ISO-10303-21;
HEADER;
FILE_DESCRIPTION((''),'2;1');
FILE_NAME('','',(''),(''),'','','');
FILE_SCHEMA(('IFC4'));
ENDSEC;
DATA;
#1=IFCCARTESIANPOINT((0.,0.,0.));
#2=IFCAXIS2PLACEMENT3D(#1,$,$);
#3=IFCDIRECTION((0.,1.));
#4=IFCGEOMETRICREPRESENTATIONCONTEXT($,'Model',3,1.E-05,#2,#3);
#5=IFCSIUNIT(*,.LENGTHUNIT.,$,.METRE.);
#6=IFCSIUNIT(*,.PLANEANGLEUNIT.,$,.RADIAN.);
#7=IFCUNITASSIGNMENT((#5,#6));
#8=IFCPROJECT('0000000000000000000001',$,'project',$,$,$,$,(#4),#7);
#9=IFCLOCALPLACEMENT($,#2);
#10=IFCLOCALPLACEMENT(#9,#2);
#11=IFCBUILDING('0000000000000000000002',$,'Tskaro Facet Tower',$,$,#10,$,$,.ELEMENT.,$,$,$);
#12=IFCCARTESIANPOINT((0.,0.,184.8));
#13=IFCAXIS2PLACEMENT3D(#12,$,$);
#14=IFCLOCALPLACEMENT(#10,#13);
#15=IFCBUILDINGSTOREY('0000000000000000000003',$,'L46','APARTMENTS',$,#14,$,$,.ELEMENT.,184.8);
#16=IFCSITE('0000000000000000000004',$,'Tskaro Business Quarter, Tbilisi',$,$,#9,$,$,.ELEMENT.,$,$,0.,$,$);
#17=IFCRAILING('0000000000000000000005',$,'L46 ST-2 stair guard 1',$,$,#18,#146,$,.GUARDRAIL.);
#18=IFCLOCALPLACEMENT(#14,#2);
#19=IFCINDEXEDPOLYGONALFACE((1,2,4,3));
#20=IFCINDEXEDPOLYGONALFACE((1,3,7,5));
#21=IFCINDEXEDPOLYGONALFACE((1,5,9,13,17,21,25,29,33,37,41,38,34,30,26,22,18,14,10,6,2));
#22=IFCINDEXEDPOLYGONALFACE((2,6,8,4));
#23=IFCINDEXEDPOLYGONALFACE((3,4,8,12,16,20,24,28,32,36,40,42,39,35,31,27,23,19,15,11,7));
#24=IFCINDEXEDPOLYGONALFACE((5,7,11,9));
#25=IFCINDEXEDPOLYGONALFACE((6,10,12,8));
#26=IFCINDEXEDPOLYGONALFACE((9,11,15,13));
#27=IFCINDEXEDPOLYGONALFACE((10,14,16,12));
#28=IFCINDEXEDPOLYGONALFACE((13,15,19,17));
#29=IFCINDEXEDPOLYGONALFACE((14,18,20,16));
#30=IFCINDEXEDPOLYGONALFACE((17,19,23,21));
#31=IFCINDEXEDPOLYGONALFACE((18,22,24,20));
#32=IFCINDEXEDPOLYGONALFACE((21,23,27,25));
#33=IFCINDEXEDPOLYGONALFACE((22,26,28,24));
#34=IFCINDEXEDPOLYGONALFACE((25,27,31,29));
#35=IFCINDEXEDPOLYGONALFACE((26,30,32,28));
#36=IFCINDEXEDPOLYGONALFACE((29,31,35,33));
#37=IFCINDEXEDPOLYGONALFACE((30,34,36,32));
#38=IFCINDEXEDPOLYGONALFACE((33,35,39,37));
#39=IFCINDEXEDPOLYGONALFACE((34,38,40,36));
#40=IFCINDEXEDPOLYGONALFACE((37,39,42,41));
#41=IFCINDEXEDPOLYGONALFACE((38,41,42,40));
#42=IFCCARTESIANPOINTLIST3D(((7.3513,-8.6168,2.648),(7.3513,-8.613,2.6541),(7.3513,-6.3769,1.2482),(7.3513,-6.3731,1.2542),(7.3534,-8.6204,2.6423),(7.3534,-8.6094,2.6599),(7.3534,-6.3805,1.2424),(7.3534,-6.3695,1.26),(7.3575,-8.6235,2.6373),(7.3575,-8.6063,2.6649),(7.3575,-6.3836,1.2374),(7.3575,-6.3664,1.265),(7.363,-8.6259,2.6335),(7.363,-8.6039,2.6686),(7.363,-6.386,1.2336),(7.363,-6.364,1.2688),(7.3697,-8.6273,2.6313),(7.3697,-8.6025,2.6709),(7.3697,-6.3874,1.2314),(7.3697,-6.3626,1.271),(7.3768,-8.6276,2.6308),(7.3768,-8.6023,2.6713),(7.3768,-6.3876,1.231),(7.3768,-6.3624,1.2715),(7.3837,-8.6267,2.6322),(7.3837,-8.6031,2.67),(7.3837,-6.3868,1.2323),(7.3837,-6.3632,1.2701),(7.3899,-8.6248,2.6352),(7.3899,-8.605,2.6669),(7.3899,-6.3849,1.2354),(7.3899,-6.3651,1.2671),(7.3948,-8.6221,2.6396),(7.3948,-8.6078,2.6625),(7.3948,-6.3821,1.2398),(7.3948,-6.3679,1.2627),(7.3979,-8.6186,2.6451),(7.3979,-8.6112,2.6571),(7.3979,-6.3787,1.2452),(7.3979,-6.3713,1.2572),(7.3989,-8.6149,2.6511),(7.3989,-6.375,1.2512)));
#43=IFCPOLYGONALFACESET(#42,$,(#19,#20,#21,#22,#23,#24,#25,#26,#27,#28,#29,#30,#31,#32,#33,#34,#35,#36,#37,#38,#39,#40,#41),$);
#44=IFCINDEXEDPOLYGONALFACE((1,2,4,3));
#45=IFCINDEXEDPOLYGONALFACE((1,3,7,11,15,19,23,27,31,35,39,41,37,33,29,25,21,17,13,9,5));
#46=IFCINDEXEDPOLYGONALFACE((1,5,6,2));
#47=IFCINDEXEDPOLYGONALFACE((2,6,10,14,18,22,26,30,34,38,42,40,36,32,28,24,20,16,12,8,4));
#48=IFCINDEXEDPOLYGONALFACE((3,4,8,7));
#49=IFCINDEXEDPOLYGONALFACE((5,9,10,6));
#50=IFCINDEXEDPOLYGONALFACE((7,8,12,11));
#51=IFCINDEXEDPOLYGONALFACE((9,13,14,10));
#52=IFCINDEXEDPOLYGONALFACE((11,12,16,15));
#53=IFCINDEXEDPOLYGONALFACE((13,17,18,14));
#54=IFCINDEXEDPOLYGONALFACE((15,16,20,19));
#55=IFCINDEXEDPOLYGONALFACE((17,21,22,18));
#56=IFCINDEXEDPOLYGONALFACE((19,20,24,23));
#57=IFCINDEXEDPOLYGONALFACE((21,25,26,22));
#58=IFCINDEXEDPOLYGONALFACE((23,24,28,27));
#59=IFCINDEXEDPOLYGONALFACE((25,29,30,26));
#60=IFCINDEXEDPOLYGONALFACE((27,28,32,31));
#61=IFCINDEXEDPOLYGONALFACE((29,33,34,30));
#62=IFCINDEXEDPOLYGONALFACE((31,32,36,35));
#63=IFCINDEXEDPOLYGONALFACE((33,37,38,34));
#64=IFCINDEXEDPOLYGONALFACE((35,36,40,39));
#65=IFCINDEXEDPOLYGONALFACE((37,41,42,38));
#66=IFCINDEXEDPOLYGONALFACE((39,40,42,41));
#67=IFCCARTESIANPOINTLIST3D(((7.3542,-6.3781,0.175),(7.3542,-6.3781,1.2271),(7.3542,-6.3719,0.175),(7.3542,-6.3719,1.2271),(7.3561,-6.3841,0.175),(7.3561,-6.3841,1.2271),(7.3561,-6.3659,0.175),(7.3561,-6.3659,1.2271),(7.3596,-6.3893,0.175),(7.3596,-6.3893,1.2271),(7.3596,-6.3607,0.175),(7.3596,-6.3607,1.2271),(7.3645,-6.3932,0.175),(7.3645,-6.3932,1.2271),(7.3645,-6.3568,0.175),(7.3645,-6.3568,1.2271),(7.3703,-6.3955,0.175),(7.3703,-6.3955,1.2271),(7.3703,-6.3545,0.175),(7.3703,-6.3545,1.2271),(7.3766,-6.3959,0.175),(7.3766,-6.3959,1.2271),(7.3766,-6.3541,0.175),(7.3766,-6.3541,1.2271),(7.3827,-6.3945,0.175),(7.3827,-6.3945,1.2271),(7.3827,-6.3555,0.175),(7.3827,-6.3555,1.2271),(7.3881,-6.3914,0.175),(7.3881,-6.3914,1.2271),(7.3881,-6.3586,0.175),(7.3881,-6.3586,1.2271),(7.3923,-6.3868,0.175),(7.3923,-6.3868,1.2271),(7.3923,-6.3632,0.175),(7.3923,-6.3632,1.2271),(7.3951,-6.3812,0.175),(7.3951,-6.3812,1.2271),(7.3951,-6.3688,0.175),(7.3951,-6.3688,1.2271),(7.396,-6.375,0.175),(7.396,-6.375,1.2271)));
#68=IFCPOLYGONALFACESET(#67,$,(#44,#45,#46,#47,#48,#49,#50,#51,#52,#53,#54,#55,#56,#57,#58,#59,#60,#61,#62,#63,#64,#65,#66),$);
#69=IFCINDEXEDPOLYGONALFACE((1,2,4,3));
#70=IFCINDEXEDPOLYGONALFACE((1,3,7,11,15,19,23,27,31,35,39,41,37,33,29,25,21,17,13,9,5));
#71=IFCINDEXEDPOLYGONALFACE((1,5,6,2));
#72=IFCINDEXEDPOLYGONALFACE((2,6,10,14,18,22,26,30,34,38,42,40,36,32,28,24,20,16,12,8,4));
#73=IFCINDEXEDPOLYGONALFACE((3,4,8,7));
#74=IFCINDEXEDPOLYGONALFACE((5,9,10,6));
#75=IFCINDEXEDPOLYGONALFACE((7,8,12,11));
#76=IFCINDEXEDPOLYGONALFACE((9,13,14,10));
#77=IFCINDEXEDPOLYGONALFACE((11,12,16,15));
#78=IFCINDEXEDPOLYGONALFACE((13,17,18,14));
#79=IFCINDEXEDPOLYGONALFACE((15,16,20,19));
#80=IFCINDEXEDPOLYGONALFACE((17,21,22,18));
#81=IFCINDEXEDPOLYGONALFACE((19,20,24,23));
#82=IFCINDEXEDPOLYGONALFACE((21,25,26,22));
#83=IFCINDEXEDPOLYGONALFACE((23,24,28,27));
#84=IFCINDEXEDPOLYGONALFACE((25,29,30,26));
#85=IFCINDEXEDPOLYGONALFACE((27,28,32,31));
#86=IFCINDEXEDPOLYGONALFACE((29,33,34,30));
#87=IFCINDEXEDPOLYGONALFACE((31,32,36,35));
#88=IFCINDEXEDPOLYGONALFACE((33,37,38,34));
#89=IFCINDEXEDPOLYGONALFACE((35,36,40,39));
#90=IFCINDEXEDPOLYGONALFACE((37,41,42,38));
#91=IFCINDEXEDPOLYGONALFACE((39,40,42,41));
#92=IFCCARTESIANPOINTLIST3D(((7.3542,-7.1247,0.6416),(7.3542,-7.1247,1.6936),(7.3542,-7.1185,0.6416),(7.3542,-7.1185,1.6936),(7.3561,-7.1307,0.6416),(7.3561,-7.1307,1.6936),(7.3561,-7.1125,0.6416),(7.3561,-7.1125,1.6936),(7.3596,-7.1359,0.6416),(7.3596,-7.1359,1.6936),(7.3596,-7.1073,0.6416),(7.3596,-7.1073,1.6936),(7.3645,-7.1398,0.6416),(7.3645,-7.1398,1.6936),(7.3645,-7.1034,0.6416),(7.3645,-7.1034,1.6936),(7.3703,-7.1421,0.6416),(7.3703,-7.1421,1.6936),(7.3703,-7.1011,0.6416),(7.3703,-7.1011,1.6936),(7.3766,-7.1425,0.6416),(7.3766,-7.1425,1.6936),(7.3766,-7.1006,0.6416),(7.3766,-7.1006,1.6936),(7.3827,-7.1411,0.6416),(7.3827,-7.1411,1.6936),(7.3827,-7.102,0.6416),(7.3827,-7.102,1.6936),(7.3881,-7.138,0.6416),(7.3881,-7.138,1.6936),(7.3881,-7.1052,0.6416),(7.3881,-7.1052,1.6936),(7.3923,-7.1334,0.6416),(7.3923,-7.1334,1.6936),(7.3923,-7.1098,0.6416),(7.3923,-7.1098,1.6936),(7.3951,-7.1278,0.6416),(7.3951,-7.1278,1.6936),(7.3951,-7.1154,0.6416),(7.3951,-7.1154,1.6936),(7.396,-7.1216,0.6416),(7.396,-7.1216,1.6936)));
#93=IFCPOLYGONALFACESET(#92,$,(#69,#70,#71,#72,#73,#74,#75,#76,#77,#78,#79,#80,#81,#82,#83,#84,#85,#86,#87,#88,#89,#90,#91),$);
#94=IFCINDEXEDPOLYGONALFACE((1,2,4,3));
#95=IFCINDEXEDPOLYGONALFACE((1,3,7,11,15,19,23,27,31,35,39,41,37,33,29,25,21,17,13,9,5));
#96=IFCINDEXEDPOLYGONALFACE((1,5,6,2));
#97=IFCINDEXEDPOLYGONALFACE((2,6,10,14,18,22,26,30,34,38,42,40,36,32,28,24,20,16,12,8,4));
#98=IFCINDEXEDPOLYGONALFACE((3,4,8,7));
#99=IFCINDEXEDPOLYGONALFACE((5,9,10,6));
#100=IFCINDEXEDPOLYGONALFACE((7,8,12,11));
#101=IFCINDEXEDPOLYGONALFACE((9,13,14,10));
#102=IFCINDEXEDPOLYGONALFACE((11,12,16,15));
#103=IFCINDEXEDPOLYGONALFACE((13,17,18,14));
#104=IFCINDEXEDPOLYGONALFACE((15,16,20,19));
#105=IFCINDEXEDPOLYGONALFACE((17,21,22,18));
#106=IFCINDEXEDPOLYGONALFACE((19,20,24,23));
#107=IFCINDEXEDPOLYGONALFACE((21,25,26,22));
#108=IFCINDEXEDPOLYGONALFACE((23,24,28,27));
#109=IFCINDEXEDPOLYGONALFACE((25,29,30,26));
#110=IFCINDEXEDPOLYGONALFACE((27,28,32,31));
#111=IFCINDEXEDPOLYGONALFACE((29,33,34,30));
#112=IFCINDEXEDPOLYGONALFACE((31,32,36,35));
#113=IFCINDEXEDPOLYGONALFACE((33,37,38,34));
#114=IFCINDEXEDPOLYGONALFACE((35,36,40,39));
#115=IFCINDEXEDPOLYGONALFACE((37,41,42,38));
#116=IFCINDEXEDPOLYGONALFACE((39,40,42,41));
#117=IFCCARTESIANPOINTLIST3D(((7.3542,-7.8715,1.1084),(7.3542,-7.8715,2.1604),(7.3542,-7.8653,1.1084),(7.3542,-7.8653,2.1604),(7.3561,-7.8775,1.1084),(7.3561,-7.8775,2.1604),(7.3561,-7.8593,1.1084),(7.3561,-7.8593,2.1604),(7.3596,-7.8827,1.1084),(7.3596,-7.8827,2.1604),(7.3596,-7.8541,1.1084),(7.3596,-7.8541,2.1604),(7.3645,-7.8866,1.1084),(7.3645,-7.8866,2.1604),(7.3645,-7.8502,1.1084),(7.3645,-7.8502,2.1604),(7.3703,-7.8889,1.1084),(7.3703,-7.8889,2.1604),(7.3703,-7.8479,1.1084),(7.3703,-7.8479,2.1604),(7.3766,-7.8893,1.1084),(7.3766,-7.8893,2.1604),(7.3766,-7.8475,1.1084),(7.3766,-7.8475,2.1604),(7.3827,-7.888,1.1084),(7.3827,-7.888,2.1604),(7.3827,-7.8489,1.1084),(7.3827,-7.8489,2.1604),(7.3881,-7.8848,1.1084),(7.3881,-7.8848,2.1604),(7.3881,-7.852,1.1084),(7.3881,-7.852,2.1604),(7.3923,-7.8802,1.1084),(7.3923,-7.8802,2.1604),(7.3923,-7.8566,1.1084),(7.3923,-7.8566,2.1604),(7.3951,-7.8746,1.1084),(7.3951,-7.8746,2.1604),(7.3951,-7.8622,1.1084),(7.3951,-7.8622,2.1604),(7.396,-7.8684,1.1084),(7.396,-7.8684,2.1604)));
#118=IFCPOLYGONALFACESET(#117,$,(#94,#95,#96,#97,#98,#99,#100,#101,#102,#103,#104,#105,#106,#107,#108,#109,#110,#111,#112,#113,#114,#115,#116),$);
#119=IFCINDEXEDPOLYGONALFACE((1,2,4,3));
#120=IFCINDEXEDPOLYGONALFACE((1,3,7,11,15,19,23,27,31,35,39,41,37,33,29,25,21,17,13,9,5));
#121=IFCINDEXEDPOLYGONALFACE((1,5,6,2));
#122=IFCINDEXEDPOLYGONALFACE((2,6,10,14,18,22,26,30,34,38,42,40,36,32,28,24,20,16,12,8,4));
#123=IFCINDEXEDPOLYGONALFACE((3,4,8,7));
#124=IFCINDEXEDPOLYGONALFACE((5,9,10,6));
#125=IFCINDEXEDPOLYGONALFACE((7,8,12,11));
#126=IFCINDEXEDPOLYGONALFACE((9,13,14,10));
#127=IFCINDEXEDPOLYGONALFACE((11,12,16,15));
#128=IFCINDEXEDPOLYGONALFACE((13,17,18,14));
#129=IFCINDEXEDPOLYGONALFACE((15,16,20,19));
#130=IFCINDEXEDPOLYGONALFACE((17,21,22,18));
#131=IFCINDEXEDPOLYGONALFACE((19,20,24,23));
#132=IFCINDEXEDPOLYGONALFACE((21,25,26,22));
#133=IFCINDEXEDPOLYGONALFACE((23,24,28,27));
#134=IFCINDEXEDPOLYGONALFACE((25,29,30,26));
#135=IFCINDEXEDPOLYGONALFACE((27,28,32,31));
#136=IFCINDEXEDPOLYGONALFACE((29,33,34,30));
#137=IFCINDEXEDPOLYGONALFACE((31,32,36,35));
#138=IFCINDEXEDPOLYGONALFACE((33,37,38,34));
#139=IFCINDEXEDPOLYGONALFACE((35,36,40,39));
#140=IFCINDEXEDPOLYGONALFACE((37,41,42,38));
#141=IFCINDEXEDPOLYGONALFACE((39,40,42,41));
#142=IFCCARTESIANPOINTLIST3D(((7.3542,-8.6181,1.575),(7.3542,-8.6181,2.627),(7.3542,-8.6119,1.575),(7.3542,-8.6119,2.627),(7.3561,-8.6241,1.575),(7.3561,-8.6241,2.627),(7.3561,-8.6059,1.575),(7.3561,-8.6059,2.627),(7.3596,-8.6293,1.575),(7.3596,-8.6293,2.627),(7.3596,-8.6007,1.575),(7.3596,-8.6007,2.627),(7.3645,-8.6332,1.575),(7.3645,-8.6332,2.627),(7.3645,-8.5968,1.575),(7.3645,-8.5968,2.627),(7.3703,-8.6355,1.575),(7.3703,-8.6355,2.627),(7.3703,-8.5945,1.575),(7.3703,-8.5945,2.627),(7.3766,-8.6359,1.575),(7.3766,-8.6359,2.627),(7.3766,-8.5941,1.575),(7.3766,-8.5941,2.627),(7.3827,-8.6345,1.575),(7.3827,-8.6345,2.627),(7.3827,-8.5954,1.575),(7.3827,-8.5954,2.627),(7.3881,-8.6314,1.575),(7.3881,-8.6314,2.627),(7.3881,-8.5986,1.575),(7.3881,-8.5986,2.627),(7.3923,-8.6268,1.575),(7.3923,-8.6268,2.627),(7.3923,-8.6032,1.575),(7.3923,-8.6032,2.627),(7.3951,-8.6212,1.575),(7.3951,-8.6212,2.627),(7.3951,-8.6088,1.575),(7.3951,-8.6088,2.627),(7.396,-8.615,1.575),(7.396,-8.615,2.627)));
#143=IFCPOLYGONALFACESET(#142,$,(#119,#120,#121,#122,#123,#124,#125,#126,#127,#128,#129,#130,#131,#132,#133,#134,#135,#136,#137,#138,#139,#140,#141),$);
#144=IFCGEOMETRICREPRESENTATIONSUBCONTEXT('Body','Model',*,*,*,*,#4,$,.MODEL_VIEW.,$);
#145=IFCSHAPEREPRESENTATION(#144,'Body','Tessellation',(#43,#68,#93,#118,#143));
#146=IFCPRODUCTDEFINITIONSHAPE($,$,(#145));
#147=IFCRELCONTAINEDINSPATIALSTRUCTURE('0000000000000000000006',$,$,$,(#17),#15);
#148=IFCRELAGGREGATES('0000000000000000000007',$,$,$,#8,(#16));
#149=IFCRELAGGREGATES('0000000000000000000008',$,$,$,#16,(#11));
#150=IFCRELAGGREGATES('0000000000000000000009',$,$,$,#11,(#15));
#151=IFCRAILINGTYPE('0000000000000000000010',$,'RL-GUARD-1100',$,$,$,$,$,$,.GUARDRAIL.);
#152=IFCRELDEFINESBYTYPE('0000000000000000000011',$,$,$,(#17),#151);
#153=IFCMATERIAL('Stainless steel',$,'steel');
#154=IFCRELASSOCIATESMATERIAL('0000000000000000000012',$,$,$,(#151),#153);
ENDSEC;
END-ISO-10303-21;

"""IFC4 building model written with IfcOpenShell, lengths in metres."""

from ifc_helpers import new_model, si_unit, direction, frame, origin, origin_2d, place, context, subcontext, project, spatial, circle, extrude, material, type_object, element, save


model = new_model("IFC4")

# Units and contexts
model_context = context("Model", 3, precision=1e-05, world=origin(), true_north=direction((0.0, 1.0)))
body_context = subcontext(model_context, "Body", "Model", "MODEL_VIEW")
ifc_project = project(units=[si_unit("LENGTHUNIT", "METRE"), si_unit("PLANEANGLEUNIT", "RADIAN")], contexts=[model_context])

# Site, building, storey
site_placement = place(None, origin())
site = spatial("IfcSite", under=ifc_project, at=site_placement, Name="Tskaro Business Quarter, Tbilisi", CompositionType="ELEMENT", RefElevation=0.0)
building_placement = place(site_placement, origin())
building = spatial("IfcBuilding", under=site, at=building_placement, Name="Tskaro Facet Tower", CompositionType="ELEMENT")
storey_placement = place(building_placement, frame((0.0, 0.0, 184.8)))
storey = spatial("IfcBuildingStorey", under=building, at=storey_placement, Name="L46", Description="APARTMENTS", CompositionType="ELEMENT", Elevation=184.8)

# Shared definitions
ifc_material_1 = material(Name="Stainless steel", Category="steel")

# Railing
railing_type_1 = type_object("IfcRailingType", Name="RL-GUARD-1100", PredefinedType="GUARDRAIL", material=ifc_material_1)
railing_1_placement = place(storey_placement, frame((7.375, -6.375, 0.175)))
element("IfcRailing", 1, at=railing_1_placement, inside=storey, type_object=railing_type_1, Name="L46 ST-2 stair guard 1", PredefinedType="GUARDRAIL", context=body_context, shape_type="SweptSolid", body=[
    extrude(circle(Radius=0.0239, at=origin_2d()), frame((0.0, 0.0, 1.0762), z_axis=(0.0, -0.848014, 0.529974), x_axis=(1.0, 0.0, 0.0)), (0.0, 0.0, 1.0), 2.6414),
    extrude(circle(Radius=0.021, at=origin_2d()), origin(), (0.0, 0.0, 1.0), 1.052),
    extrude(circle(Radius=0.021, at=origin_2d()), frame((0.0, -0.7466, 0.4666)), (0.0, 0.0, 1.0), 1.052),
    extrude(circle(Radius=0.021, at=origin_2d()), frame((0.0, -1.4934, 0.9333)), (0.0, 0.0, 1.0), 1.052),
    extrude(circle(Radius=0.021, at=origin_2d()), frame((0.0, -2.24, 1.3999)), (0.0, 0.0, 1.0), 1.052),
])

save(model, "model.ifc")
